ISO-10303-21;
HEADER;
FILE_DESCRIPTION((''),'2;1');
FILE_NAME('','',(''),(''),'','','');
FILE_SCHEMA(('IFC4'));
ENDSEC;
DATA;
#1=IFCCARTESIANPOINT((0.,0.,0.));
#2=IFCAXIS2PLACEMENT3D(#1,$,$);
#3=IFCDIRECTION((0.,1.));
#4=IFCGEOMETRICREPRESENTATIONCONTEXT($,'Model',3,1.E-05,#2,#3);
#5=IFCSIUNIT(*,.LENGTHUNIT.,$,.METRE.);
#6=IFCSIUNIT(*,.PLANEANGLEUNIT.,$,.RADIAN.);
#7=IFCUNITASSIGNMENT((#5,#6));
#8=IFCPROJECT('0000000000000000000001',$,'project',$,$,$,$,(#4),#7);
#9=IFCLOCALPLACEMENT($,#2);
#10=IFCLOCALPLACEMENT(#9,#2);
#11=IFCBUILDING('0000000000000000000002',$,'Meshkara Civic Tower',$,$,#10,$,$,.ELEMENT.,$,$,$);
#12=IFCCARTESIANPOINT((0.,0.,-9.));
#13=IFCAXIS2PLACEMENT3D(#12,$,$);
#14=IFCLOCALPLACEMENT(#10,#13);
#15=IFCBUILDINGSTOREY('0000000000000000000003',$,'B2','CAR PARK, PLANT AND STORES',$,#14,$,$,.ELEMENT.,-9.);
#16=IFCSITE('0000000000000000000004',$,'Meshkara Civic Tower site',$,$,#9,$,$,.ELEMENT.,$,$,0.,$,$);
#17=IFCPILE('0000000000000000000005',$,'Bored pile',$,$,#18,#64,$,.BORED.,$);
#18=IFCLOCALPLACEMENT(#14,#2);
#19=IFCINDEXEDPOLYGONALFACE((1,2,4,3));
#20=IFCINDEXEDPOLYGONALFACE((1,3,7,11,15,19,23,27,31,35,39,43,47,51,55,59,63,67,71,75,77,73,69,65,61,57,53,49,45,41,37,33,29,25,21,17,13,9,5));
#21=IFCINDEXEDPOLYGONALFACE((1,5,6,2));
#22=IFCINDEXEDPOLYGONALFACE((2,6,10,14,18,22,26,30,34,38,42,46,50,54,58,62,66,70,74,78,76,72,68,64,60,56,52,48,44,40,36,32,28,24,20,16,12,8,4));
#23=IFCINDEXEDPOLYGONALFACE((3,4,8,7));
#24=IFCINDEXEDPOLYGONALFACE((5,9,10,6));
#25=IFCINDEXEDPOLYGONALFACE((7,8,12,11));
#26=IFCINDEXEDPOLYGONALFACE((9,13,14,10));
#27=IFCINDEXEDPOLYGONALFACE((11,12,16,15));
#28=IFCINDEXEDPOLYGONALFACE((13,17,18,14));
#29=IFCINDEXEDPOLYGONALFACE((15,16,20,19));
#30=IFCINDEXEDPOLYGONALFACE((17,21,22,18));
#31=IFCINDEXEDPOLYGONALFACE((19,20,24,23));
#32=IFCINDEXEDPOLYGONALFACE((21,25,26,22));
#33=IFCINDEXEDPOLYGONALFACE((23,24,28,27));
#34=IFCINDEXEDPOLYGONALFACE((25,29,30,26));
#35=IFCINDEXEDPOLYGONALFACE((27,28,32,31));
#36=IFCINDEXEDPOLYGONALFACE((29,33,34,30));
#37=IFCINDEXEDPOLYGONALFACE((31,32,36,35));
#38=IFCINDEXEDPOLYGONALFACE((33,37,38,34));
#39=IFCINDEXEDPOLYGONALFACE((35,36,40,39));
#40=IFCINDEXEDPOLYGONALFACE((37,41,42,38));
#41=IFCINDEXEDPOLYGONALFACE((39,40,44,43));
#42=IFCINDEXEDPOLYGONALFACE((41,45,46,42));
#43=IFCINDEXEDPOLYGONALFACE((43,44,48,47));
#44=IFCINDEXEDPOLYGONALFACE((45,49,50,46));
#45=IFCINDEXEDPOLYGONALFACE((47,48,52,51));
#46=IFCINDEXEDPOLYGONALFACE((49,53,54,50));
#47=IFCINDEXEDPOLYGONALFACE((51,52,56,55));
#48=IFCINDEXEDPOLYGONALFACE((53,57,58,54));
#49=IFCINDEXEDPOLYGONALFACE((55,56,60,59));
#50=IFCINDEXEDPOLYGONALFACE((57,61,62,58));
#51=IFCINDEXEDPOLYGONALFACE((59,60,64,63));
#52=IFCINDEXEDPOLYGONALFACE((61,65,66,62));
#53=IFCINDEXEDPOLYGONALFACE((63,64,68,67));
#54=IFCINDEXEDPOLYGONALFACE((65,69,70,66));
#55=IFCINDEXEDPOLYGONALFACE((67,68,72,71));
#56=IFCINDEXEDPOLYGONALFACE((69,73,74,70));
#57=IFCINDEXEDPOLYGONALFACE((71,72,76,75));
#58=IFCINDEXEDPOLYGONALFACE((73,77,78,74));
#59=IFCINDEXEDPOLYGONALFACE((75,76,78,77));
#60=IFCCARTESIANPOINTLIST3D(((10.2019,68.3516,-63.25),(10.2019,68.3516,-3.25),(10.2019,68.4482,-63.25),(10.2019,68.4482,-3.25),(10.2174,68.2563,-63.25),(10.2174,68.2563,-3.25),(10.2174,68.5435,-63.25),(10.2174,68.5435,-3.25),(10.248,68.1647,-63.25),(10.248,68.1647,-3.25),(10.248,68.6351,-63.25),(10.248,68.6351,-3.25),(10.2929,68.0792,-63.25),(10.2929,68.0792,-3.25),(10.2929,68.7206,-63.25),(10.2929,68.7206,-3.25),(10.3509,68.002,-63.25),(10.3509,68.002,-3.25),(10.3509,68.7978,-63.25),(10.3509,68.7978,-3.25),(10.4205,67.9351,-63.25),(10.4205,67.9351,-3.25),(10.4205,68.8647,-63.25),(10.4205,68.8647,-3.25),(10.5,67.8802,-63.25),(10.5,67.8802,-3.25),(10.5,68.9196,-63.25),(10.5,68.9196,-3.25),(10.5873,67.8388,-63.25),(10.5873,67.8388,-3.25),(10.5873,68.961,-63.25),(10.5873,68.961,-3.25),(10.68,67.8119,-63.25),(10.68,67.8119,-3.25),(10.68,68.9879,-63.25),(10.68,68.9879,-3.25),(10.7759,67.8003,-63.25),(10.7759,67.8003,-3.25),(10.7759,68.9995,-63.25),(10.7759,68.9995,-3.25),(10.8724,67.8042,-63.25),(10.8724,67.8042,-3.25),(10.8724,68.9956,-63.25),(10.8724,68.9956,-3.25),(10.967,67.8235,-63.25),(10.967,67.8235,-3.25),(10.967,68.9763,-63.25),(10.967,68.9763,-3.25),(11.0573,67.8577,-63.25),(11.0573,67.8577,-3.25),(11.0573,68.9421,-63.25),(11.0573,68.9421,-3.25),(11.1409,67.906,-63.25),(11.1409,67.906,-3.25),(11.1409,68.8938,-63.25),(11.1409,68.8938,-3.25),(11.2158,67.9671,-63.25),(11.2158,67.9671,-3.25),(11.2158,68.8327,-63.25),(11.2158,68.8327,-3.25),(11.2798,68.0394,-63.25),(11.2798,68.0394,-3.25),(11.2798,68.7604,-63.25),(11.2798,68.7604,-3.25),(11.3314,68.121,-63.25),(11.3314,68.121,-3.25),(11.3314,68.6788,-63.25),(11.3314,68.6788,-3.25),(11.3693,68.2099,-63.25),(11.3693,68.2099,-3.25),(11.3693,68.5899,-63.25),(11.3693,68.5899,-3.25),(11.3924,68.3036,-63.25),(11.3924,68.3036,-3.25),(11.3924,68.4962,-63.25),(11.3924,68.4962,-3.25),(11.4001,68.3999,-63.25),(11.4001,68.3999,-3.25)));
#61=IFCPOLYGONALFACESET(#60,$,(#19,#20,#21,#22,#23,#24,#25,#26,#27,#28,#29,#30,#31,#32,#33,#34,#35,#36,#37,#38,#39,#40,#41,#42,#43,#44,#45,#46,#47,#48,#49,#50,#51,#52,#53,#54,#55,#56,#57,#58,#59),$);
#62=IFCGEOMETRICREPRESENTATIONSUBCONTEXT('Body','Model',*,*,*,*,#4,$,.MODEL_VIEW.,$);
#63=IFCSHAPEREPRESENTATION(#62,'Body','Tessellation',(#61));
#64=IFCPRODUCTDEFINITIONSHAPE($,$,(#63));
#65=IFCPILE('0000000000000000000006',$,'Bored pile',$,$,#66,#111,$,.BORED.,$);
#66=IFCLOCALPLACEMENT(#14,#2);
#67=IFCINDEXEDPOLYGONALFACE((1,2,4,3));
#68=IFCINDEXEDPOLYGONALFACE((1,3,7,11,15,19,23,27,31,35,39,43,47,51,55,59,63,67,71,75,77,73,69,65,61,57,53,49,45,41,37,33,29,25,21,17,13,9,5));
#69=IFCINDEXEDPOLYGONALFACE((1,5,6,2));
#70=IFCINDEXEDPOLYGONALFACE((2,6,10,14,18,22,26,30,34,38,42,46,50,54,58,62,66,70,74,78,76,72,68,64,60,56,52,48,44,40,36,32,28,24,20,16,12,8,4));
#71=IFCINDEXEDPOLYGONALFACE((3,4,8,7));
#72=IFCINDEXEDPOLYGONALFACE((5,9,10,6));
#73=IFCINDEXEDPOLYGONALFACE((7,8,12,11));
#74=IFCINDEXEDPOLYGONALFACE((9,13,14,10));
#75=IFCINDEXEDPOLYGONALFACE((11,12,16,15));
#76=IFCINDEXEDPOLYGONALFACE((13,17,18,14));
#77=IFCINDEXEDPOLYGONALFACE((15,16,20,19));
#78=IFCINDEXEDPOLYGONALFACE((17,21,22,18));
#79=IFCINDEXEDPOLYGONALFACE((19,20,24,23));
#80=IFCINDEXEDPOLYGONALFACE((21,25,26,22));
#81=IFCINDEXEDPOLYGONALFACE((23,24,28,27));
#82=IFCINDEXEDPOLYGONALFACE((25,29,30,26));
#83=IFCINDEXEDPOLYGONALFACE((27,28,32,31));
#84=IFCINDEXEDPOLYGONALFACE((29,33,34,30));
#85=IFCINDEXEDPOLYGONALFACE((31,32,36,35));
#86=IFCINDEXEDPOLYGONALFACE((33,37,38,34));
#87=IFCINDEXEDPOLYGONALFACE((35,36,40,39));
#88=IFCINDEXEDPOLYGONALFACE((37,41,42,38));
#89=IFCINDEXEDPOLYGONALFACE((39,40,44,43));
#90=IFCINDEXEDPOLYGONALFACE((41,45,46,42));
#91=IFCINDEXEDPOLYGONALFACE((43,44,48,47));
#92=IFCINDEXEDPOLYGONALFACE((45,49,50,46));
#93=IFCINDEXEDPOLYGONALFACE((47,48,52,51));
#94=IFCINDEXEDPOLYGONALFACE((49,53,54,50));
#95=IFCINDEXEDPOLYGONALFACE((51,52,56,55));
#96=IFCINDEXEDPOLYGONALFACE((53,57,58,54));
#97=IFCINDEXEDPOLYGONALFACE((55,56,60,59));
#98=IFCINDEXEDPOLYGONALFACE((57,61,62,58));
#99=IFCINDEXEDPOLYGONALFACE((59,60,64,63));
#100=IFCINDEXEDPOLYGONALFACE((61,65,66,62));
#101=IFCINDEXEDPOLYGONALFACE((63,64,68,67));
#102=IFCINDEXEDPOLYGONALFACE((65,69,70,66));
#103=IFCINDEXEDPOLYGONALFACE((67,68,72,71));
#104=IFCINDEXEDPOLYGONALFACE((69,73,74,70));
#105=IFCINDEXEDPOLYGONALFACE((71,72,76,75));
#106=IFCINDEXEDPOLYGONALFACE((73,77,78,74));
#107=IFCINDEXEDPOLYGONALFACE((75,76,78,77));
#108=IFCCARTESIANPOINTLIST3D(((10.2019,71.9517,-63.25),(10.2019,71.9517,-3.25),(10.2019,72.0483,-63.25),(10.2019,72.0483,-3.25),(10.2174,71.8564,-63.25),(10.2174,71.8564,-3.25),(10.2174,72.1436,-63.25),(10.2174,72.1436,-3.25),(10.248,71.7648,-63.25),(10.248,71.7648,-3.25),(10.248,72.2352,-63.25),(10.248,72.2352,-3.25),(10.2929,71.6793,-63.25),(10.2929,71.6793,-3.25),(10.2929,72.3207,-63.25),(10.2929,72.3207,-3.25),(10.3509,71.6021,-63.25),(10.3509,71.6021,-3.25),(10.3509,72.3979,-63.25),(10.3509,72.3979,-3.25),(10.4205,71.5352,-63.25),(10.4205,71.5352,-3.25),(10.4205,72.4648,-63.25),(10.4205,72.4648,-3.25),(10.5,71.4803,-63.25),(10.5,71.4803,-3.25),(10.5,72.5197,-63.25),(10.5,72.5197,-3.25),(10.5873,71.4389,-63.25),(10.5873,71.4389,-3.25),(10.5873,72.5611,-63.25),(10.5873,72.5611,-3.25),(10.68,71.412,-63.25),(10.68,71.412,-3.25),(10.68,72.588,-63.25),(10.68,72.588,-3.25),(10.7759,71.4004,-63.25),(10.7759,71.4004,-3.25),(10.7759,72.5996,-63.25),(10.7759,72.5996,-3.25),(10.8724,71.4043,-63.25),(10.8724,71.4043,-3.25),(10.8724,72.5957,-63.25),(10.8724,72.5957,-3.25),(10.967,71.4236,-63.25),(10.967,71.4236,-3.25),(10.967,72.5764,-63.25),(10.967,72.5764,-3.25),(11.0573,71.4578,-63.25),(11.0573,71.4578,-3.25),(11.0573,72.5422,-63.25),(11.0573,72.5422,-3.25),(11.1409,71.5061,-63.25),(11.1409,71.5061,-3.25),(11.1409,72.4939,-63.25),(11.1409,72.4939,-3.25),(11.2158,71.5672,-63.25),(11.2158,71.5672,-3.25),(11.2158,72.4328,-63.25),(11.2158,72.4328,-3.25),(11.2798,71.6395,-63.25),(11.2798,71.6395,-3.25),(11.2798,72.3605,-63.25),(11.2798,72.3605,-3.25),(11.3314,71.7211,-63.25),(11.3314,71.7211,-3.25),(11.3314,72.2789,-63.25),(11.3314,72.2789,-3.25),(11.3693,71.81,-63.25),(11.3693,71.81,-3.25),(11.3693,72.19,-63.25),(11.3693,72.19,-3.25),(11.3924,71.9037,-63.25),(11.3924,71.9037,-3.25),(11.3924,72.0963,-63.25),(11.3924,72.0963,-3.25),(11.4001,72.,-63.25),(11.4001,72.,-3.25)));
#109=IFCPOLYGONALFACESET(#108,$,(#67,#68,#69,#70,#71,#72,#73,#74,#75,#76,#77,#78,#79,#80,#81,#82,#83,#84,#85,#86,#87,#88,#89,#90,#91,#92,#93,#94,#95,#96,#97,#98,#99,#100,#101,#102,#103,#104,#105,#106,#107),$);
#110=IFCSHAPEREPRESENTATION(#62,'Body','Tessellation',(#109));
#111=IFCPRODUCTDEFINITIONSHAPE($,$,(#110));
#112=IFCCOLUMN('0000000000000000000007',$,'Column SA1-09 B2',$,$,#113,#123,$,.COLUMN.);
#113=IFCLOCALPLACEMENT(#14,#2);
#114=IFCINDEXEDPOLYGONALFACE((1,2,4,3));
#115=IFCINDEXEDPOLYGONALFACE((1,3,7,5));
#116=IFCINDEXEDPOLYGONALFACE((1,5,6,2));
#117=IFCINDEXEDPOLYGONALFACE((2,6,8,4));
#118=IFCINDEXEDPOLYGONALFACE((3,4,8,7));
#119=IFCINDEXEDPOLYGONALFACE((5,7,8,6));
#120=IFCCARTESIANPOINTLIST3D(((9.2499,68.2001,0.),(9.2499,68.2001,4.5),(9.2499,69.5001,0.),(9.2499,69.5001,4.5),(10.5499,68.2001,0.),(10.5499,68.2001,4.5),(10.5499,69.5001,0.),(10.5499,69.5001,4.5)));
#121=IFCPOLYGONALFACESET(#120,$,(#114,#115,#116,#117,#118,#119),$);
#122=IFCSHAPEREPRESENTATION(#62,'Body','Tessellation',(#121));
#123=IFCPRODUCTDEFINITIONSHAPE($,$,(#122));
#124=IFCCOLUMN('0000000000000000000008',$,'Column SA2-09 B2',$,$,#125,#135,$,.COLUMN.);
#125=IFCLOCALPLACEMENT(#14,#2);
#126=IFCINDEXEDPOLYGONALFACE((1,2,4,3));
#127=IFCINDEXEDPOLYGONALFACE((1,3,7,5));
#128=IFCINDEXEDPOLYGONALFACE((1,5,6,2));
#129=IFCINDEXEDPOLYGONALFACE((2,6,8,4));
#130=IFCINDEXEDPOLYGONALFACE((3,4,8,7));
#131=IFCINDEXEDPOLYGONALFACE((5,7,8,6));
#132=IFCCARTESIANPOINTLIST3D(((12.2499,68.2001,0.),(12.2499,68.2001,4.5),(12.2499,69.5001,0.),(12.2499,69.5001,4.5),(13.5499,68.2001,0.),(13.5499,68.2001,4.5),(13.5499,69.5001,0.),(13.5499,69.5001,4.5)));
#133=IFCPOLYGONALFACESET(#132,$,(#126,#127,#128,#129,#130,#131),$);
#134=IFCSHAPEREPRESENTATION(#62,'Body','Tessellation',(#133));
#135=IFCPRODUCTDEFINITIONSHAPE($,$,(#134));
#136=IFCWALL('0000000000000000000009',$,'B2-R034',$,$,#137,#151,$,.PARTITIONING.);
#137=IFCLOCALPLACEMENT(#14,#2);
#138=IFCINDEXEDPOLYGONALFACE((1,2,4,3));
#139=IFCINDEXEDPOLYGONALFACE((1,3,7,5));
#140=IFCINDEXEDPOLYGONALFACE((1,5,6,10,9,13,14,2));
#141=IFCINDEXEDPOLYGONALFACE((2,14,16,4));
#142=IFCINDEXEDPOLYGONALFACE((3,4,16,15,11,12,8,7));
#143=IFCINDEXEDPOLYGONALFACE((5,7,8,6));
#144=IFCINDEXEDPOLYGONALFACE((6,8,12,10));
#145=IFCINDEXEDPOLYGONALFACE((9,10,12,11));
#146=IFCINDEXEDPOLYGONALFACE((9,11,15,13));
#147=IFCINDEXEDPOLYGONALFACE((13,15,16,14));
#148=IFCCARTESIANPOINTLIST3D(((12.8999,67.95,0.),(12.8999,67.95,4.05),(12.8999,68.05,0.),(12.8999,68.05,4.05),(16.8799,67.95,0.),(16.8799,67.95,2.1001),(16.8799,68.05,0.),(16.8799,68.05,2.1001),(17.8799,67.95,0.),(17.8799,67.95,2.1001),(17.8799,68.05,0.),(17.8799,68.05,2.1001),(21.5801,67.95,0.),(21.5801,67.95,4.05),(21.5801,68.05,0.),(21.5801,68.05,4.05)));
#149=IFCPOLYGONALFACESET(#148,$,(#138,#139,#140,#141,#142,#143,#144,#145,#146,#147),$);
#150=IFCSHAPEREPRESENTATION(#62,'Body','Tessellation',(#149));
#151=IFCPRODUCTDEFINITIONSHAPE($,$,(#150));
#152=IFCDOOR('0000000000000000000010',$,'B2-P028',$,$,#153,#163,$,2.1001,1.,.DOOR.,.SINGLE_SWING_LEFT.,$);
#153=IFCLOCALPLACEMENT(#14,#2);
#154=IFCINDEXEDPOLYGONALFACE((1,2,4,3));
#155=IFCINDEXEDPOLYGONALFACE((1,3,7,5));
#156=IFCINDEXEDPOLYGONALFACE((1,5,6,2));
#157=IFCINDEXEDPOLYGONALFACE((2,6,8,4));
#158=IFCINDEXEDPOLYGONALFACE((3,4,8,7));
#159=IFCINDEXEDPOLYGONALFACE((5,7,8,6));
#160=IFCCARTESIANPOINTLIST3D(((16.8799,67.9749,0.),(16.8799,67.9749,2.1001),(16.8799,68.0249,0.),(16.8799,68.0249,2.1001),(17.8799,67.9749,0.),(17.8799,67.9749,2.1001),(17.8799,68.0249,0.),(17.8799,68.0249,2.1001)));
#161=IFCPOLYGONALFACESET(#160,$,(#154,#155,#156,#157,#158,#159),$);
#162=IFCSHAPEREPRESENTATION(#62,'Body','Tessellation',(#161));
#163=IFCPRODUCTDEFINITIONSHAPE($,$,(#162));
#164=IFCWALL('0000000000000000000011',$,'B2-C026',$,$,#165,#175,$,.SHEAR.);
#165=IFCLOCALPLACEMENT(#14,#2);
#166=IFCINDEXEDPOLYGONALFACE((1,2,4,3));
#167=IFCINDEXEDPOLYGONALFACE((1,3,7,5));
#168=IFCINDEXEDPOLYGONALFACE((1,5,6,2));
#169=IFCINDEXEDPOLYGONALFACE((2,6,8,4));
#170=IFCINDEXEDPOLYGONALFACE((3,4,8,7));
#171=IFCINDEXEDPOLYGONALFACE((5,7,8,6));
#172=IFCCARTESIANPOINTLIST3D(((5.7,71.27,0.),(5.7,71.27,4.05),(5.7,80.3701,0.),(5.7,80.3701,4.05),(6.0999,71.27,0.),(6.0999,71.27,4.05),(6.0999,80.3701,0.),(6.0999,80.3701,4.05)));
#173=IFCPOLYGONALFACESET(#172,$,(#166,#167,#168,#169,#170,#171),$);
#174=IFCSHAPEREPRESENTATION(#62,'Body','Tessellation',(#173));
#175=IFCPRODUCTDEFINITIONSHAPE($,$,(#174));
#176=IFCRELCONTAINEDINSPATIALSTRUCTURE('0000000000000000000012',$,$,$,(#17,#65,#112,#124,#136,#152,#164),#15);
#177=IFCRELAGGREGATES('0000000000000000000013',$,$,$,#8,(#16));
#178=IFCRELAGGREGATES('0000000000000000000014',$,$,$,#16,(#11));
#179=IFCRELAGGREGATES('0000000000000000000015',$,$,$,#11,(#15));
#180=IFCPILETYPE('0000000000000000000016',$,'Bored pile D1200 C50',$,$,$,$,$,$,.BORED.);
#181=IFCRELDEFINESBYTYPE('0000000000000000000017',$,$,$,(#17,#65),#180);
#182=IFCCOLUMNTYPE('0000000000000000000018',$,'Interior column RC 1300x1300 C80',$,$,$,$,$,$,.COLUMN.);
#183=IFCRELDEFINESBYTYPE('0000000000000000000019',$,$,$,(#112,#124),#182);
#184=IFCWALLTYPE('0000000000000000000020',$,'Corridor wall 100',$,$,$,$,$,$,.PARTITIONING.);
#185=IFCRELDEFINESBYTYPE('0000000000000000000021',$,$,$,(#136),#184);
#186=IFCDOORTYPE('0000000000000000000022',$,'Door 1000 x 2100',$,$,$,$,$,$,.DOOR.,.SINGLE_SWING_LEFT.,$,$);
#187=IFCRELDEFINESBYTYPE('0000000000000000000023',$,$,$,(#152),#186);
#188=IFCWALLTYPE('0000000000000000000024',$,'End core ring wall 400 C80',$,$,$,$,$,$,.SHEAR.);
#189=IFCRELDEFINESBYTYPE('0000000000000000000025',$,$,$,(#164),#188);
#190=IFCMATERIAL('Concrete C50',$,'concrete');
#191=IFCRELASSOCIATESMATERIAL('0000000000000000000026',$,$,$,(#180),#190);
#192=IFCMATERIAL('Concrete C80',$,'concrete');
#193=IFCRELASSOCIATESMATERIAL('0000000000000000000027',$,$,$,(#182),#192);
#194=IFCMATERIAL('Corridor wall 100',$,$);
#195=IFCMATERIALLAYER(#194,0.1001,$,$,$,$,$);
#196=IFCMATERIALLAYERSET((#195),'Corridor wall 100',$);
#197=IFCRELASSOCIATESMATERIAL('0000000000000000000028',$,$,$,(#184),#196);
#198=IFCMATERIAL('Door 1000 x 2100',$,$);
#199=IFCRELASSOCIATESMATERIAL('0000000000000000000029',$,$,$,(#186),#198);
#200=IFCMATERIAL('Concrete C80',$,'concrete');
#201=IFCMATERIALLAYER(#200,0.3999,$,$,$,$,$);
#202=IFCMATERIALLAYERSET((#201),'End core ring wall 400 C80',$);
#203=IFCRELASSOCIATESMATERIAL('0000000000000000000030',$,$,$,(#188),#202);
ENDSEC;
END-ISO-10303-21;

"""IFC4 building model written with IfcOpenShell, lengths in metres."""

from ifc_helpers import new_model, si_unit, direction, frame, frame_2d, origin, origin_2d, place, context, subcontext, project, spatial, rectangle, circle, extrude, material, layer, layer_set, material_profile, profile_set, type_object, element, fill, save


model = new_model("IFC4")

# Units and contexts
model_context = context("Model", 3, precision=1e-05, world=origin(), true_north=direction((0.0, 1.0)))
body_context = subcontext(model_context, "Body", "Model", "MODEL_VIEW")
ifc_project = project(units=[si_unit("LENGTHUNIT", "METRE"), si_unit("PLANEANGLEUNIT", "RADIAN")], contexts=[model_context])

# Site, building, storey
site_placement = place(None, origin())
site = spatial("IfcSite", under=ifc_project, at=site_placement, Name="Meshkara Civic Tower site", CompositionType="ELEMENT", RefElevation=0.0)
building_placement = place(site_placement, origin())
building = spatial("IfcBuilding", under=site, at=building_placement, Name="Meshkara Civic Tower", CompositionType="ELEMENT")
storey_placement = place(building_placement, frame((0.0, 0.0, -9.0)))
storey = spatial("IfcBuildingStorey", under=building, at=storey_placement, Name="B2", Description="CAR PARK, PLANT AND STORES", CompositionType="ELEMENT", Elevation=-9.0)

# Piles
ifc_material_1 = material(Name="Concrete C50", Category="concrete")
ifc_material_profile_1 = material_profile(ifc_material_1, circle(Radius=0.6001, at=origin_2d()))
ifc_profile_set_1 = profile_set([ifc_material_profile_1], Name="Concrete C50")
pile_type = type_object("IfcPileType", Name="Bored pile D1200 C50", PredefinedType="BORED", material=ifc_profile_set_1)
for number, where, z_axis, x_axis, name in (
    (1, (10.8, 68.3999, -3.25), (0.0, 0.0, -1.0), (1.0, 0.0, 0.0), "Bored pile"),
    (2, (10.8, 72.0, -3.25), (0.0, 0.0, -1.0), (1.0, 0.0, 0.0), "Bored pile"),
):
    element("IfcPile", number, at=place(storey_placement, frame(where, z_axis=z_axis, x_axis=x_axis)), inside=storey, type_object=pile_type, Name=name, PredefinedType="BORED", context=body_context, shape_type="SweptSolid", body=[
        extrude(circle(Radius=0.6001, at=origin_2d()), origin(), (0.0, 0.0, 1.0), 60.0),
    ])

# Columns
ifc_material_2 = material(Name="Concrete C80", Category="concrete")
ifc_material_profile_2 = material_profile(ifc_material_2, rectangle(XDim=1.3, YDim=1.3, at=origin_2d()))
ifc_profile_set_2 = profile_set([ifc_material_profile_2], Name="Concrete C80")
column_type = type_object("IfcColumnType", Name="Interior column RC 1300x1300 C80", PredefinedType="COLUMN", material=ifc_profile_set_2)
for number, where, z_axis, x_axis, name in (
    (3, (9.8999, 68.8501, 0.0), (0.0, 0.0, 1.0), (1.0, 0.0, 0.0), "Column SA1-09 B2"),
    (4, (12.8999, 68.8501, 0.0), (0.0, 0.0, 1.0), (1.0, 0.0, 0.0), "Column SA2-09 B2"),
):
    element("IfcColumn", number, at=place(storey_placement, frame(where, z_axis=z_axis, x_axis=x_axis)), inside=storey, type_object=column_type, Name=name, PredefinedType="COLUMN", context=body_context, shape_type="SweptSolid", body=[
        extrude(rectangle(XDim=1.3, YDim=1.3, at=origin_2d()), origin(), (0.0, 0.0, 1.0), 4.5),
    ])

# Wall, opening, door
ifc_material_3 = material(Name="Corridor wall 100")
ifc_layer_1 = layer(ifc_material_3, 0.1001)
ifc_layer_set_1 = layer_set([ifc_layer_1], Name="Corridor wall 100")
wall_type_1 = type_object("IfcWallType", Name="Corridor wall 100", PredefinedType="PARTITIONING", material=ifc_layer_set_1)
wall_1_placement = place(storey_placement, frame((12.8999, 68.0, 0.0), z_axis=(0.0, 0.0, 1.0), x_axis=(1.0, 0.0, 0.0)))
wall_1 = element("IfcWall", 5, at=wall_1_placement, inside=storey, type_object=wall_type_1, Name="B2-R034", PredefinedType="PARTITIONING", context=body_context, shape_type="SweptSolid", body=[
    extrude(rectangle(XDim=8.6802, YDim=0.1001, at=frame_2d((4.3401, 0.0))), origin(), (0.0, 0.0, 1.0), 4.05),
])
opening_1_placement = place(wall_1_placement, frame((3.98, 0.0, 0.0)))
opening_1 = element("IfcOpeningElement", 6, at=opening_1_placement, cuts=wall_1, PredefinedType="OPENING", context=body_context, shape_type="SweptSolid", body=[
    extrude(rectangle(XDim=1.0, YDim=2.1001, at=frame_2d((0.5, 1.05))), frame((0.0, 0.0601, 0.0), z_axis=(0.0, -1.0, 0.0), x_axis=(1.0, 0.0, 0.0)), (0.0, 0.0, 1.0), 0.1201),
])
ifc_material_4 = material(Name="Door 1000 x 2100")
door_type_1 = type_object("IfcDoorType", Name="Door 1000 x 2100", OperationType="SINGLE_SWING_LEFT", PredefinedType="DOOR", material=ifc_material_4)
door_1_placement = place(opening_1_placement, origin())
door_1 = element("IfcDoor", 7, at=door_1_placement, inside=storey, type_object=door_type_1, Name="B2-P028", OperationType="SINGLE_SWING_LEFT", OverallHeight=2.1001, OverallWidth=1.0, PredefinedType="DOOR", context=body_context, shape_type="SweptSolid", body=[
    extrude(rectangle(XDim=1.0, YDim=2.1001, at=frame_2d((0.5, 1.05))), frame((0.0, 0.0249, 0.0), z_axis=(0.0, -1.0, 0.0), x_axis=(1.0, 0.0, 0.0)), (0.0, 0.0, 1.0), 0.05),
])
fill(opening_1, door_1)

# Wall
ifc_material_5 = material(Name="Concrete C80", Category="concrete")
ifc_layer_2 = layer(ifc_material_5, 0.3999)
ifc_layer_set_2 = layer_set([ifc_layer_2], Name="End core ring wall 400 C80")
wall_type_2 = type_object("IfcWallType", Name="End core ring wall 400 C80", PredefinedType="SHEAR", material=ifc_layer_set_2)
wall_2_placement = place(storey_placement, frame((5.8999, 71.27, 0.0), z_axis=(0.0, 0.0, 1.0), x_axis=(0.0, 1.0, 0.0)))
element("IfcWall", 8, at=wall_2_placement, inside=storey, type_object=wall_type_2, Name="B2-C026", PredefinedType="SHEAR", context=body_context, shape_type="SweptSolid", body=[
    extrude(rectangle(XDim=9.1001, YDim=0.3999, at=frame_2d((4.55, 0.0))), origin(), (0.0, 0.0, 1.0), 4.05),
])

save(model, "model.ifc")
